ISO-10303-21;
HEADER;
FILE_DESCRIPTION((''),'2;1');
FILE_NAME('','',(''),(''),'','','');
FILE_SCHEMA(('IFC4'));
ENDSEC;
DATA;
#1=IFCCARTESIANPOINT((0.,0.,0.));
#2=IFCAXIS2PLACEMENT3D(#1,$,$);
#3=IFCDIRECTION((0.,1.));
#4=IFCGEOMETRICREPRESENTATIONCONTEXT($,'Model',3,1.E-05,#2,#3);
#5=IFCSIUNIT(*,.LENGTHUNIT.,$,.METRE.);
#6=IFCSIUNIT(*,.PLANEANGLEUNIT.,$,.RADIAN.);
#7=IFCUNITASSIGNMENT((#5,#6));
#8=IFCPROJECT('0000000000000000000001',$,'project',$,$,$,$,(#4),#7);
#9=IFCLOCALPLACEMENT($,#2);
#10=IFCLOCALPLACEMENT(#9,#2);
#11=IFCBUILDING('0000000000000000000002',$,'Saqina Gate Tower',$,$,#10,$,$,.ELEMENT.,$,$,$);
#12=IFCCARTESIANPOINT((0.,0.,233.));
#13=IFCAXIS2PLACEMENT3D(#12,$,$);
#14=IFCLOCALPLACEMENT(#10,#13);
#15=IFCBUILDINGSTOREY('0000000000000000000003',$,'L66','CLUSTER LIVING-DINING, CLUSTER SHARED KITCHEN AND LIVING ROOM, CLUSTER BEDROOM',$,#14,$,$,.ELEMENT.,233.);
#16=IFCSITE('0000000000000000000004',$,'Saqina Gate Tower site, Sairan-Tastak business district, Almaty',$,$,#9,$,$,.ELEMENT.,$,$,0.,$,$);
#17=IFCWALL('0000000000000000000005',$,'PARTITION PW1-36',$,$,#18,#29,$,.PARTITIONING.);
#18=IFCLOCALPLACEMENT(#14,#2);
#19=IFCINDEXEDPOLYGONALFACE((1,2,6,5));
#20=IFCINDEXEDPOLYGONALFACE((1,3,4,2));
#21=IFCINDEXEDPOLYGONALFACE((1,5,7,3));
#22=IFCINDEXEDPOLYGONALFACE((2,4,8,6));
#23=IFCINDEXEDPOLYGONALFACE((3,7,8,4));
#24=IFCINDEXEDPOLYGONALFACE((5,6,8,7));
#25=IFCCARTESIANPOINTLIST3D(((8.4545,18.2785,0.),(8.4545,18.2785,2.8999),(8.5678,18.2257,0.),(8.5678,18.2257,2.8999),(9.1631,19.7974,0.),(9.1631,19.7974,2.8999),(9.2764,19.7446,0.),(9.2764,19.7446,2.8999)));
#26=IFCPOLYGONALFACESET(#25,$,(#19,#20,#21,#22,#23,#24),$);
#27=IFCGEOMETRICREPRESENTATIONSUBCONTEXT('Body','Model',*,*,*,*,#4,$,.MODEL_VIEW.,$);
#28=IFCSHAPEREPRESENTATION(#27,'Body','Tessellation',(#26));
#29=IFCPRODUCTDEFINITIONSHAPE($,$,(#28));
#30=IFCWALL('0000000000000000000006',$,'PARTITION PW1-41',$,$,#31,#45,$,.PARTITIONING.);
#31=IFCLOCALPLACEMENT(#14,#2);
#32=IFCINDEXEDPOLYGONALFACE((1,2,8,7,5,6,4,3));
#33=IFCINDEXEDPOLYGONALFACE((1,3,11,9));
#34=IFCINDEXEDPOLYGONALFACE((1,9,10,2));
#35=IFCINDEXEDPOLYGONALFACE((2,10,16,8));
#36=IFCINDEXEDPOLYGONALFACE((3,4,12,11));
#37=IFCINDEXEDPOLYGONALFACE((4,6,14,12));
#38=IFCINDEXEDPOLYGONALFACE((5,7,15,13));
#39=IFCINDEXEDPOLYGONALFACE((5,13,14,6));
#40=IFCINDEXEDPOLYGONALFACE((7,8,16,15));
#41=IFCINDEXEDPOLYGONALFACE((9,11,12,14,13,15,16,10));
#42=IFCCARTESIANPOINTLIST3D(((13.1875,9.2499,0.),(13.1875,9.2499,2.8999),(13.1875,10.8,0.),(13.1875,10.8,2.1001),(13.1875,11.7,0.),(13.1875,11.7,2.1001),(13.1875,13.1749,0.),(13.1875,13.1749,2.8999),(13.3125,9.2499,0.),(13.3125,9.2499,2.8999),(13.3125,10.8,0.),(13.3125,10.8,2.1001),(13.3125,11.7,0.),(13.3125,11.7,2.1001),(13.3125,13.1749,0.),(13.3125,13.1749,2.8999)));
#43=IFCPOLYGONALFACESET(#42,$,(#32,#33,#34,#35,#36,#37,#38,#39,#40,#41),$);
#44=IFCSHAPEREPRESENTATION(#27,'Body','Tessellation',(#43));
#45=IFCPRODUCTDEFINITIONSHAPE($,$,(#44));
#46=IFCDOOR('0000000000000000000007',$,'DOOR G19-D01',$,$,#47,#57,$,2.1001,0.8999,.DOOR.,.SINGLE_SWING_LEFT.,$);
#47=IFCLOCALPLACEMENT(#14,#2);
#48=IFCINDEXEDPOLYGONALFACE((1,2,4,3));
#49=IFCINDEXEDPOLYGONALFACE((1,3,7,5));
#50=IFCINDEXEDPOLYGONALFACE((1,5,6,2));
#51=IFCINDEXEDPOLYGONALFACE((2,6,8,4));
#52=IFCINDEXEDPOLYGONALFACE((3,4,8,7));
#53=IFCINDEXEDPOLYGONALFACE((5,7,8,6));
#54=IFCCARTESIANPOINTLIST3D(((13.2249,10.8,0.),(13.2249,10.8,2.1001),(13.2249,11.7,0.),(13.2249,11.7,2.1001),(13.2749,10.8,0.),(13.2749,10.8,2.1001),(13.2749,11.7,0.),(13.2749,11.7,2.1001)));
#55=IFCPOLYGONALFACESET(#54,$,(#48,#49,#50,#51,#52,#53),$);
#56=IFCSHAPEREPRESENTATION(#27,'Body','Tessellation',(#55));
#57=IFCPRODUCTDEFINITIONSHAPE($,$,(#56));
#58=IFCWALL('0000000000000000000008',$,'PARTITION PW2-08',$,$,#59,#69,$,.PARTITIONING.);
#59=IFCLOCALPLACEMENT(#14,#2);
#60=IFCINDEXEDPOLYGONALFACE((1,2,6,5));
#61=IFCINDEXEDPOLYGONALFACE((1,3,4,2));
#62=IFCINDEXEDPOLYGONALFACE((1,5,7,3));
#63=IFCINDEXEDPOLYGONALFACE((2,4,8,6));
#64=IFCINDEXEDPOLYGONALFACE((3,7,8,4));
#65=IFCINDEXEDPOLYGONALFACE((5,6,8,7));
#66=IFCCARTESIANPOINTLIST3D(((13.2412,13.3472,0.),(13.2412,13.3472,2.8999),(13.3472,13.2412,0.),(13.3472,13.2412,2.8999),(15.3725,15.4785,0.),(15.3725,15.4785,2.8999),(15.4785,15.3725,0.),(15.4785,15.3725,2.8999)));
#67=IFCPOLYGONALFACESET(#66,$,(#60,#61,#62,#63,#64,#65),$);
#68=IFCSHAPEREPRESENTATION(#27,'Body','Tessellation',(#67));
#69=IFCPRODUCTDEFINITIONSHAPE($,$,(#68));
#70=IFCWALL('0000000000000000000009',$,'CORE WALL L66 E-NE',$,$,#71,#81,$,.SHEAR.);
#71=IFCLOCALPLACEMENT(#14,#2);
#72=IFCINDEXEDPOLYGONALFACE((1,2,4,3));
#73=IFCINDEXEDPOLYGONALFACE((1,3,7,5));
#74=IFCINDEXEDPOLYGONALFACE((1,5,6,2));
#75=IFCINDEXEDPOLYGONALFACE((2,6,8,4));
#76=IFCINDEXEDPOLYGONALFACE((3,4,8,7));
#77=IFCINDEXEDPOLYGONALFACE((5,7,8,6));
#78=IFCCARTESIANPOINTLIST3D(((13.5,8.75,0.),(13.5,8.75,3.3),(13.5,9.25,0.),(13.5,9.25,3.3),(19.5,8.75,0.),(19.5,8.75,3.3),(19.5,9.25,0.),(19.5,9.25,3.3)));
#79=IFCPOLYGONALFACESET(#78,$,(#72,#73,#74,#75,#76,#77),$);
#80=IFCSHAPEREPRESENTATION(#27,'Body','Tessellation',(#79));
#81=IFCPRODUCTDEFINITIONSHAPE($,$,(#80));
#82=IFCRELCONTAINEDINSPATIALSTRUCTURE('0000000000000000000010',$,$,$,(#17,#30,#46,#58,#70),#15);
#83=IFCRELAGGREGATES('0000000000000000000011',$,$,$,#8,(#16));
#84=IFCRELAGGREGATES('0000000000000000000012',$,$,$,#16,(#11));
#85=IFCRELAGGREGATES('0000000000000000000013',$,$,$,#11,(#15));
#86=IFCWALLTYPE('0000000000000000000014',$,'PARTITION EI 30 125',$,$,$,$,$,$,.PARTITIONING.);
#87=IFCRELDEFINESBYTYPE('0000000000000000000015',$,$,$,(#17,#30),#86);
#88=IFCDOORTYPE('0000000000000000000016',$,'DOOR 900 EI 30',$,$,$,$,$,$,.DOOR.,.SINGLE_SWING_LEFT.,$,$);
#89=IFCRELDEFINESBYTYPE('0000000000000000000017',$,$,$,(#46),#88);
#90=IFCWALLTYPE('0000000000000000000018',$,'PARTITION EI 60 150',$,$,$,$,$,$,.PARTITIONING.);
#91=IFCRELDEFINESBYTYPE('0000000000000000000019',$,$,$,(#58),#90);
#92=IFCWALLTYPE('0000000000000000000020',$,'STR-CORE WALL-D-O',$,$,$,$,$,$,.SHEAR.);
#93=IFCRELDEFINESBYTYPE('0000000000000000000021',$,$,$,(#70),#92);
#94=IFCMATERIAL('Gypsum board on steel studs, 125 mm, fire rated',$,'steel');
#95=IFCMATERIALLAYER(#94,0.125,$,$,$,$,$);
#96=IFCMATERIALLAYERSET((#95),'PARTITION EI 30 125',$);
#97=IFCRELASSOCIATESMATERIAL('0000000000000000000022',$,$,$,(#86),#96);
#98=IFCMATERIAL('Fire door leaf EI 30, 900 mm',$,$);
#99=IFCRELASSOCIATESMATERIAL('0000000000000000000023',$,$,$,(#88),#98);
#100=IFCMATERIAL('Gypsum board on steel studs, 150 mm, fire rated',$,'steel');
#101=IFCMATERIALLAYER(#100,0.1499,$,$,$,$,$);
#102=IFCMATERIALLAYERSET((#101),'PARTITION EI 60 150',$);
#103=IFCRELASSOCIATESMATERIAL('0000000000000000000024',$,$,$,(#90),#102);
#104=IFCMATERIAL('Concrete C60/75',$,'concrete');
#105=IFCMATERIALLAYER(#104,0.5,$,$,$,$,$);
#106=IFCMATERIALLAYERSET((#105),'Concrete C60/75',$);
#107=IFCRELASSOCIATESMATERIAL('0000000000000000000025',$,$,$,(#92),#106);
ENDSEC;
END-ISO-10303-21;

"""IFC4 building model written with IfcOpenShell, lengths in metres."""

from ifc_helpers import new_model, si_unit, direction, frame, frame_2d, origin, place, context, subcontext, project, spatial, rectangle, extrude, material, layer, layer_set, type_object, element, fill, save


model = new_model("IFC4")

# Units and contexts
model_context = context("Model", 3, precision=1e-05, world=origin(), true_north=direction((0.0, 1.0)))
body_context = subcontext(model_context, "Body", "Model", "MODEL_VIEW")
ifc_project = project(units=[si_unit("LENGTHUNIT", "METRE"), si_unit("PLANEANGLEUNIT", "RADIAN")], contexts=[model_context])

# Site, building, storey
site_placement = place(None, origin())
site = spatial("IfcSite", under=ifc_project, at=site_placement, Name="Saqina Gate Tower site, Sairan-Tastak business district, Almaty", CompositionType="ELEMENT", RefElevation=0.0)
building_placement = place(site_placement, origin())
building = spatial("IfcBuilding", under=site, at=building_placement, Name="Saqina Gate Tower", CompositionType="ELEMENT")
storey_placement = place(building_placement, frame((0.0, 0.0, 233.0)))
storey = spatial("IfcBuildingStorey", under=building, at=storey_placement, Name="L66", Description="CLUSTER LIVING-DINING, CLUSTER SHARED KITCHEN AND LIVING ROOM, CLUSTER BEDROOM", CompositionType="ELEMENT", Elevation=233.0)

# Shared definitions
ifc_material_1 = material(Name="Gypsum board on steel studs, 125 mm, fire rated", Category="steel")
ifc_layer_1 = layer(ifc_material_1, 0.125)
ifc_layer_set_1 = layer_set([ifc_layer_1], Name="PARTITION EI 30 125")
wall_type_1 = type_object("IfcWallType", Name="PARTITION EI 30 125", PredefinedType="PARTITIONING", material=ifc_layer_set_1)

# Shared definitions
ifc_material_2 = material(Name="Fire door leaf EI 30, 900 mm")
door_type_1 = type_object("IfcDoorType", Name="DOOR 900 EI 30", OperationType="SINGLE_SWING_LEFT", PredefinedType="DOOR", material=ifc_material_2)

# Wall
wall_1_placement = place(storey_placement, frame((8.5112, 18.2522, 0.0), z_axis=(0.0, 0.0, 1.0), x_axis=(0.42275, 0.906246, 0.0)))
element("IfcWall", 1, at=wall_1_placement, inside=storey, type_object=wall_type_1, Name="PARTITION PW1-36", PredefinedType="PARTITIONING", context=body_context, shape_type="SweptSolid", body=[
    extrude(rectangle(XDim=1.676, YDim=0.125, at=frame_2d((0.8379, 0.0))), origin(), (0.0, 0.0, 1.0), 2.8999),
])

# Wall, opening, door
wall_2_placement = place(storey_placement, frame((13.25, 9.25, 0.0), z_axis=(0.0, 0.0, 1.0), x_axis=(0.0, 1.0, 0.0)))
wall_2 = element("IfcWall", 2, at=wall_2_placement, inside=storey, type_object=wall_type_1, Name="PARTITION PW1-41", PredefinedType="PARTITIONING", context=body_context, shape_type="SweptSolid", body=[
    extrude(rectangle(XDim=3.925, YDim=0.125, at=frame_2d((1.9624, 0.0))), origin(), (0.0, 0.0, 1.0), 2.8999),
])
opening_1_placement = place(wall_2_placement, frame((1.55, 0.0, 0.0)))
opening_1 = element("IfcOpeningElement", 3, at=opening_1_placement, cuts=wall_2, PredefinedType="OPENING", context=body_context, shape_type="SweptSolid", body=[
    extrude(rectangle(XDim=0.8999, YDim=2.1001, at=frame_2d((0.45, 1.05))), frame((0.0, 0.0745, 0.0), z_axis=(0.0, -1.0, 0.0), x_axis=(1.0, 0.0, 0.0)), (0.0, 0.0, 1.0), 0.1489),
])
door_1_placement = place(opening_1_placement, frame((0.8999, 0.0, 0.0), z_axis=(0.0, 0.0, 1.0), x_axis=(-1.0, 0.0, 0.0)))
door_1 = element("IfcDoor", 4, at=door_1_placement, inside=storey, type_object=door_type_1, Name="DOOR G19-D01", OperationType="SINGLE_SWING_LEFT", OverallHeight=2.1001, OverallWidth=0.8999, PredefinedType="DOOR", context=body_context, shape_type="SweptSolid", body=[
    extrude(rectangle(XDim=0.8999, YDim=2.1001, at=frame_2d((0.45, 1.05))), frame((0.0, 0.0249, 0.0), z_axis=(0.0, -1.0, 0.0), x_axis=(1.0, 0.0, 0.0)), (0.0, 0.0, 1.0), 0.05),
])
fill(opening_1, door_1)

# Walls
ifc_material_3 = material(Name="Gypsum board on steel studs, 150 mm, fire rated", Category="steel")
ifc_layer_2 = layer(ifc_material_3, 0.1499)
ifc_layer_set_2 = layer_set([ifc_layer_2], Name="PARTITION EI 60 150")
wall_type_2 = type_object("IfcWallType", Name="PARTITION EI 60 150", PredefinedType="PARTITIONING", material=ifc_layer_set_2)
wall_3_placement = place(storey_placement, frame((13.2942, 13.2942, 0.0), z_axis=(0.0, 0.0, 1.0), x_axis=(0.707107, 0.707107, 0.0)))
element("IfcWall", 5, at=wall_3_placement, inside=storey, type_object=wall_type_2, Name="PARTITION PW2-08", PredefinedType="PARTITIONING", context=body_context, shape_type="SweptSolid", body=[
    extrude(rectangle(XDim=3.0142, YDim=0.1499, at=frame_2d((1.5071, 0.0))), origin(), (0.0, 0.0, 1.0), 2.8999),
])
ifc_material_4 = material(Name="Concrete C60/75", Category="concrete")
ifc_layer_3 = layer(ifc_material_4, 0.5)
ifc_layer_set_3 = layer_set([ifc_layer_3], Name="Concrete C60/75")
wall_type_3 = type_object("IfcWallType", Name="STR-CORE WALL-D-O", PredefinedType="SHEAR", material=ifc_layer_set_3)
wall_4_placement = place(storey_placement, frame((13.5, 9.0, 0.0), z_axis=(0.0, 0.0, 1.0), x_axis=(1.0, 0.0, 0.0)))
element("IfcWall", 6, at=wall_4_placement, inside=storey, type_object=wall_type_3, Name="CORE WALL L66 E-NE", PredefinedType="SHEAR", context=body_context, shape_type="SweptSolid", body=[
    extrude(rectangle(XDim=6.0, YDim=0.5, at=frame_2d((3.0, 0.0))), origin(), (0.0, 0.0, 1.0), 3.3),
])

save(model, "model.ifc")
